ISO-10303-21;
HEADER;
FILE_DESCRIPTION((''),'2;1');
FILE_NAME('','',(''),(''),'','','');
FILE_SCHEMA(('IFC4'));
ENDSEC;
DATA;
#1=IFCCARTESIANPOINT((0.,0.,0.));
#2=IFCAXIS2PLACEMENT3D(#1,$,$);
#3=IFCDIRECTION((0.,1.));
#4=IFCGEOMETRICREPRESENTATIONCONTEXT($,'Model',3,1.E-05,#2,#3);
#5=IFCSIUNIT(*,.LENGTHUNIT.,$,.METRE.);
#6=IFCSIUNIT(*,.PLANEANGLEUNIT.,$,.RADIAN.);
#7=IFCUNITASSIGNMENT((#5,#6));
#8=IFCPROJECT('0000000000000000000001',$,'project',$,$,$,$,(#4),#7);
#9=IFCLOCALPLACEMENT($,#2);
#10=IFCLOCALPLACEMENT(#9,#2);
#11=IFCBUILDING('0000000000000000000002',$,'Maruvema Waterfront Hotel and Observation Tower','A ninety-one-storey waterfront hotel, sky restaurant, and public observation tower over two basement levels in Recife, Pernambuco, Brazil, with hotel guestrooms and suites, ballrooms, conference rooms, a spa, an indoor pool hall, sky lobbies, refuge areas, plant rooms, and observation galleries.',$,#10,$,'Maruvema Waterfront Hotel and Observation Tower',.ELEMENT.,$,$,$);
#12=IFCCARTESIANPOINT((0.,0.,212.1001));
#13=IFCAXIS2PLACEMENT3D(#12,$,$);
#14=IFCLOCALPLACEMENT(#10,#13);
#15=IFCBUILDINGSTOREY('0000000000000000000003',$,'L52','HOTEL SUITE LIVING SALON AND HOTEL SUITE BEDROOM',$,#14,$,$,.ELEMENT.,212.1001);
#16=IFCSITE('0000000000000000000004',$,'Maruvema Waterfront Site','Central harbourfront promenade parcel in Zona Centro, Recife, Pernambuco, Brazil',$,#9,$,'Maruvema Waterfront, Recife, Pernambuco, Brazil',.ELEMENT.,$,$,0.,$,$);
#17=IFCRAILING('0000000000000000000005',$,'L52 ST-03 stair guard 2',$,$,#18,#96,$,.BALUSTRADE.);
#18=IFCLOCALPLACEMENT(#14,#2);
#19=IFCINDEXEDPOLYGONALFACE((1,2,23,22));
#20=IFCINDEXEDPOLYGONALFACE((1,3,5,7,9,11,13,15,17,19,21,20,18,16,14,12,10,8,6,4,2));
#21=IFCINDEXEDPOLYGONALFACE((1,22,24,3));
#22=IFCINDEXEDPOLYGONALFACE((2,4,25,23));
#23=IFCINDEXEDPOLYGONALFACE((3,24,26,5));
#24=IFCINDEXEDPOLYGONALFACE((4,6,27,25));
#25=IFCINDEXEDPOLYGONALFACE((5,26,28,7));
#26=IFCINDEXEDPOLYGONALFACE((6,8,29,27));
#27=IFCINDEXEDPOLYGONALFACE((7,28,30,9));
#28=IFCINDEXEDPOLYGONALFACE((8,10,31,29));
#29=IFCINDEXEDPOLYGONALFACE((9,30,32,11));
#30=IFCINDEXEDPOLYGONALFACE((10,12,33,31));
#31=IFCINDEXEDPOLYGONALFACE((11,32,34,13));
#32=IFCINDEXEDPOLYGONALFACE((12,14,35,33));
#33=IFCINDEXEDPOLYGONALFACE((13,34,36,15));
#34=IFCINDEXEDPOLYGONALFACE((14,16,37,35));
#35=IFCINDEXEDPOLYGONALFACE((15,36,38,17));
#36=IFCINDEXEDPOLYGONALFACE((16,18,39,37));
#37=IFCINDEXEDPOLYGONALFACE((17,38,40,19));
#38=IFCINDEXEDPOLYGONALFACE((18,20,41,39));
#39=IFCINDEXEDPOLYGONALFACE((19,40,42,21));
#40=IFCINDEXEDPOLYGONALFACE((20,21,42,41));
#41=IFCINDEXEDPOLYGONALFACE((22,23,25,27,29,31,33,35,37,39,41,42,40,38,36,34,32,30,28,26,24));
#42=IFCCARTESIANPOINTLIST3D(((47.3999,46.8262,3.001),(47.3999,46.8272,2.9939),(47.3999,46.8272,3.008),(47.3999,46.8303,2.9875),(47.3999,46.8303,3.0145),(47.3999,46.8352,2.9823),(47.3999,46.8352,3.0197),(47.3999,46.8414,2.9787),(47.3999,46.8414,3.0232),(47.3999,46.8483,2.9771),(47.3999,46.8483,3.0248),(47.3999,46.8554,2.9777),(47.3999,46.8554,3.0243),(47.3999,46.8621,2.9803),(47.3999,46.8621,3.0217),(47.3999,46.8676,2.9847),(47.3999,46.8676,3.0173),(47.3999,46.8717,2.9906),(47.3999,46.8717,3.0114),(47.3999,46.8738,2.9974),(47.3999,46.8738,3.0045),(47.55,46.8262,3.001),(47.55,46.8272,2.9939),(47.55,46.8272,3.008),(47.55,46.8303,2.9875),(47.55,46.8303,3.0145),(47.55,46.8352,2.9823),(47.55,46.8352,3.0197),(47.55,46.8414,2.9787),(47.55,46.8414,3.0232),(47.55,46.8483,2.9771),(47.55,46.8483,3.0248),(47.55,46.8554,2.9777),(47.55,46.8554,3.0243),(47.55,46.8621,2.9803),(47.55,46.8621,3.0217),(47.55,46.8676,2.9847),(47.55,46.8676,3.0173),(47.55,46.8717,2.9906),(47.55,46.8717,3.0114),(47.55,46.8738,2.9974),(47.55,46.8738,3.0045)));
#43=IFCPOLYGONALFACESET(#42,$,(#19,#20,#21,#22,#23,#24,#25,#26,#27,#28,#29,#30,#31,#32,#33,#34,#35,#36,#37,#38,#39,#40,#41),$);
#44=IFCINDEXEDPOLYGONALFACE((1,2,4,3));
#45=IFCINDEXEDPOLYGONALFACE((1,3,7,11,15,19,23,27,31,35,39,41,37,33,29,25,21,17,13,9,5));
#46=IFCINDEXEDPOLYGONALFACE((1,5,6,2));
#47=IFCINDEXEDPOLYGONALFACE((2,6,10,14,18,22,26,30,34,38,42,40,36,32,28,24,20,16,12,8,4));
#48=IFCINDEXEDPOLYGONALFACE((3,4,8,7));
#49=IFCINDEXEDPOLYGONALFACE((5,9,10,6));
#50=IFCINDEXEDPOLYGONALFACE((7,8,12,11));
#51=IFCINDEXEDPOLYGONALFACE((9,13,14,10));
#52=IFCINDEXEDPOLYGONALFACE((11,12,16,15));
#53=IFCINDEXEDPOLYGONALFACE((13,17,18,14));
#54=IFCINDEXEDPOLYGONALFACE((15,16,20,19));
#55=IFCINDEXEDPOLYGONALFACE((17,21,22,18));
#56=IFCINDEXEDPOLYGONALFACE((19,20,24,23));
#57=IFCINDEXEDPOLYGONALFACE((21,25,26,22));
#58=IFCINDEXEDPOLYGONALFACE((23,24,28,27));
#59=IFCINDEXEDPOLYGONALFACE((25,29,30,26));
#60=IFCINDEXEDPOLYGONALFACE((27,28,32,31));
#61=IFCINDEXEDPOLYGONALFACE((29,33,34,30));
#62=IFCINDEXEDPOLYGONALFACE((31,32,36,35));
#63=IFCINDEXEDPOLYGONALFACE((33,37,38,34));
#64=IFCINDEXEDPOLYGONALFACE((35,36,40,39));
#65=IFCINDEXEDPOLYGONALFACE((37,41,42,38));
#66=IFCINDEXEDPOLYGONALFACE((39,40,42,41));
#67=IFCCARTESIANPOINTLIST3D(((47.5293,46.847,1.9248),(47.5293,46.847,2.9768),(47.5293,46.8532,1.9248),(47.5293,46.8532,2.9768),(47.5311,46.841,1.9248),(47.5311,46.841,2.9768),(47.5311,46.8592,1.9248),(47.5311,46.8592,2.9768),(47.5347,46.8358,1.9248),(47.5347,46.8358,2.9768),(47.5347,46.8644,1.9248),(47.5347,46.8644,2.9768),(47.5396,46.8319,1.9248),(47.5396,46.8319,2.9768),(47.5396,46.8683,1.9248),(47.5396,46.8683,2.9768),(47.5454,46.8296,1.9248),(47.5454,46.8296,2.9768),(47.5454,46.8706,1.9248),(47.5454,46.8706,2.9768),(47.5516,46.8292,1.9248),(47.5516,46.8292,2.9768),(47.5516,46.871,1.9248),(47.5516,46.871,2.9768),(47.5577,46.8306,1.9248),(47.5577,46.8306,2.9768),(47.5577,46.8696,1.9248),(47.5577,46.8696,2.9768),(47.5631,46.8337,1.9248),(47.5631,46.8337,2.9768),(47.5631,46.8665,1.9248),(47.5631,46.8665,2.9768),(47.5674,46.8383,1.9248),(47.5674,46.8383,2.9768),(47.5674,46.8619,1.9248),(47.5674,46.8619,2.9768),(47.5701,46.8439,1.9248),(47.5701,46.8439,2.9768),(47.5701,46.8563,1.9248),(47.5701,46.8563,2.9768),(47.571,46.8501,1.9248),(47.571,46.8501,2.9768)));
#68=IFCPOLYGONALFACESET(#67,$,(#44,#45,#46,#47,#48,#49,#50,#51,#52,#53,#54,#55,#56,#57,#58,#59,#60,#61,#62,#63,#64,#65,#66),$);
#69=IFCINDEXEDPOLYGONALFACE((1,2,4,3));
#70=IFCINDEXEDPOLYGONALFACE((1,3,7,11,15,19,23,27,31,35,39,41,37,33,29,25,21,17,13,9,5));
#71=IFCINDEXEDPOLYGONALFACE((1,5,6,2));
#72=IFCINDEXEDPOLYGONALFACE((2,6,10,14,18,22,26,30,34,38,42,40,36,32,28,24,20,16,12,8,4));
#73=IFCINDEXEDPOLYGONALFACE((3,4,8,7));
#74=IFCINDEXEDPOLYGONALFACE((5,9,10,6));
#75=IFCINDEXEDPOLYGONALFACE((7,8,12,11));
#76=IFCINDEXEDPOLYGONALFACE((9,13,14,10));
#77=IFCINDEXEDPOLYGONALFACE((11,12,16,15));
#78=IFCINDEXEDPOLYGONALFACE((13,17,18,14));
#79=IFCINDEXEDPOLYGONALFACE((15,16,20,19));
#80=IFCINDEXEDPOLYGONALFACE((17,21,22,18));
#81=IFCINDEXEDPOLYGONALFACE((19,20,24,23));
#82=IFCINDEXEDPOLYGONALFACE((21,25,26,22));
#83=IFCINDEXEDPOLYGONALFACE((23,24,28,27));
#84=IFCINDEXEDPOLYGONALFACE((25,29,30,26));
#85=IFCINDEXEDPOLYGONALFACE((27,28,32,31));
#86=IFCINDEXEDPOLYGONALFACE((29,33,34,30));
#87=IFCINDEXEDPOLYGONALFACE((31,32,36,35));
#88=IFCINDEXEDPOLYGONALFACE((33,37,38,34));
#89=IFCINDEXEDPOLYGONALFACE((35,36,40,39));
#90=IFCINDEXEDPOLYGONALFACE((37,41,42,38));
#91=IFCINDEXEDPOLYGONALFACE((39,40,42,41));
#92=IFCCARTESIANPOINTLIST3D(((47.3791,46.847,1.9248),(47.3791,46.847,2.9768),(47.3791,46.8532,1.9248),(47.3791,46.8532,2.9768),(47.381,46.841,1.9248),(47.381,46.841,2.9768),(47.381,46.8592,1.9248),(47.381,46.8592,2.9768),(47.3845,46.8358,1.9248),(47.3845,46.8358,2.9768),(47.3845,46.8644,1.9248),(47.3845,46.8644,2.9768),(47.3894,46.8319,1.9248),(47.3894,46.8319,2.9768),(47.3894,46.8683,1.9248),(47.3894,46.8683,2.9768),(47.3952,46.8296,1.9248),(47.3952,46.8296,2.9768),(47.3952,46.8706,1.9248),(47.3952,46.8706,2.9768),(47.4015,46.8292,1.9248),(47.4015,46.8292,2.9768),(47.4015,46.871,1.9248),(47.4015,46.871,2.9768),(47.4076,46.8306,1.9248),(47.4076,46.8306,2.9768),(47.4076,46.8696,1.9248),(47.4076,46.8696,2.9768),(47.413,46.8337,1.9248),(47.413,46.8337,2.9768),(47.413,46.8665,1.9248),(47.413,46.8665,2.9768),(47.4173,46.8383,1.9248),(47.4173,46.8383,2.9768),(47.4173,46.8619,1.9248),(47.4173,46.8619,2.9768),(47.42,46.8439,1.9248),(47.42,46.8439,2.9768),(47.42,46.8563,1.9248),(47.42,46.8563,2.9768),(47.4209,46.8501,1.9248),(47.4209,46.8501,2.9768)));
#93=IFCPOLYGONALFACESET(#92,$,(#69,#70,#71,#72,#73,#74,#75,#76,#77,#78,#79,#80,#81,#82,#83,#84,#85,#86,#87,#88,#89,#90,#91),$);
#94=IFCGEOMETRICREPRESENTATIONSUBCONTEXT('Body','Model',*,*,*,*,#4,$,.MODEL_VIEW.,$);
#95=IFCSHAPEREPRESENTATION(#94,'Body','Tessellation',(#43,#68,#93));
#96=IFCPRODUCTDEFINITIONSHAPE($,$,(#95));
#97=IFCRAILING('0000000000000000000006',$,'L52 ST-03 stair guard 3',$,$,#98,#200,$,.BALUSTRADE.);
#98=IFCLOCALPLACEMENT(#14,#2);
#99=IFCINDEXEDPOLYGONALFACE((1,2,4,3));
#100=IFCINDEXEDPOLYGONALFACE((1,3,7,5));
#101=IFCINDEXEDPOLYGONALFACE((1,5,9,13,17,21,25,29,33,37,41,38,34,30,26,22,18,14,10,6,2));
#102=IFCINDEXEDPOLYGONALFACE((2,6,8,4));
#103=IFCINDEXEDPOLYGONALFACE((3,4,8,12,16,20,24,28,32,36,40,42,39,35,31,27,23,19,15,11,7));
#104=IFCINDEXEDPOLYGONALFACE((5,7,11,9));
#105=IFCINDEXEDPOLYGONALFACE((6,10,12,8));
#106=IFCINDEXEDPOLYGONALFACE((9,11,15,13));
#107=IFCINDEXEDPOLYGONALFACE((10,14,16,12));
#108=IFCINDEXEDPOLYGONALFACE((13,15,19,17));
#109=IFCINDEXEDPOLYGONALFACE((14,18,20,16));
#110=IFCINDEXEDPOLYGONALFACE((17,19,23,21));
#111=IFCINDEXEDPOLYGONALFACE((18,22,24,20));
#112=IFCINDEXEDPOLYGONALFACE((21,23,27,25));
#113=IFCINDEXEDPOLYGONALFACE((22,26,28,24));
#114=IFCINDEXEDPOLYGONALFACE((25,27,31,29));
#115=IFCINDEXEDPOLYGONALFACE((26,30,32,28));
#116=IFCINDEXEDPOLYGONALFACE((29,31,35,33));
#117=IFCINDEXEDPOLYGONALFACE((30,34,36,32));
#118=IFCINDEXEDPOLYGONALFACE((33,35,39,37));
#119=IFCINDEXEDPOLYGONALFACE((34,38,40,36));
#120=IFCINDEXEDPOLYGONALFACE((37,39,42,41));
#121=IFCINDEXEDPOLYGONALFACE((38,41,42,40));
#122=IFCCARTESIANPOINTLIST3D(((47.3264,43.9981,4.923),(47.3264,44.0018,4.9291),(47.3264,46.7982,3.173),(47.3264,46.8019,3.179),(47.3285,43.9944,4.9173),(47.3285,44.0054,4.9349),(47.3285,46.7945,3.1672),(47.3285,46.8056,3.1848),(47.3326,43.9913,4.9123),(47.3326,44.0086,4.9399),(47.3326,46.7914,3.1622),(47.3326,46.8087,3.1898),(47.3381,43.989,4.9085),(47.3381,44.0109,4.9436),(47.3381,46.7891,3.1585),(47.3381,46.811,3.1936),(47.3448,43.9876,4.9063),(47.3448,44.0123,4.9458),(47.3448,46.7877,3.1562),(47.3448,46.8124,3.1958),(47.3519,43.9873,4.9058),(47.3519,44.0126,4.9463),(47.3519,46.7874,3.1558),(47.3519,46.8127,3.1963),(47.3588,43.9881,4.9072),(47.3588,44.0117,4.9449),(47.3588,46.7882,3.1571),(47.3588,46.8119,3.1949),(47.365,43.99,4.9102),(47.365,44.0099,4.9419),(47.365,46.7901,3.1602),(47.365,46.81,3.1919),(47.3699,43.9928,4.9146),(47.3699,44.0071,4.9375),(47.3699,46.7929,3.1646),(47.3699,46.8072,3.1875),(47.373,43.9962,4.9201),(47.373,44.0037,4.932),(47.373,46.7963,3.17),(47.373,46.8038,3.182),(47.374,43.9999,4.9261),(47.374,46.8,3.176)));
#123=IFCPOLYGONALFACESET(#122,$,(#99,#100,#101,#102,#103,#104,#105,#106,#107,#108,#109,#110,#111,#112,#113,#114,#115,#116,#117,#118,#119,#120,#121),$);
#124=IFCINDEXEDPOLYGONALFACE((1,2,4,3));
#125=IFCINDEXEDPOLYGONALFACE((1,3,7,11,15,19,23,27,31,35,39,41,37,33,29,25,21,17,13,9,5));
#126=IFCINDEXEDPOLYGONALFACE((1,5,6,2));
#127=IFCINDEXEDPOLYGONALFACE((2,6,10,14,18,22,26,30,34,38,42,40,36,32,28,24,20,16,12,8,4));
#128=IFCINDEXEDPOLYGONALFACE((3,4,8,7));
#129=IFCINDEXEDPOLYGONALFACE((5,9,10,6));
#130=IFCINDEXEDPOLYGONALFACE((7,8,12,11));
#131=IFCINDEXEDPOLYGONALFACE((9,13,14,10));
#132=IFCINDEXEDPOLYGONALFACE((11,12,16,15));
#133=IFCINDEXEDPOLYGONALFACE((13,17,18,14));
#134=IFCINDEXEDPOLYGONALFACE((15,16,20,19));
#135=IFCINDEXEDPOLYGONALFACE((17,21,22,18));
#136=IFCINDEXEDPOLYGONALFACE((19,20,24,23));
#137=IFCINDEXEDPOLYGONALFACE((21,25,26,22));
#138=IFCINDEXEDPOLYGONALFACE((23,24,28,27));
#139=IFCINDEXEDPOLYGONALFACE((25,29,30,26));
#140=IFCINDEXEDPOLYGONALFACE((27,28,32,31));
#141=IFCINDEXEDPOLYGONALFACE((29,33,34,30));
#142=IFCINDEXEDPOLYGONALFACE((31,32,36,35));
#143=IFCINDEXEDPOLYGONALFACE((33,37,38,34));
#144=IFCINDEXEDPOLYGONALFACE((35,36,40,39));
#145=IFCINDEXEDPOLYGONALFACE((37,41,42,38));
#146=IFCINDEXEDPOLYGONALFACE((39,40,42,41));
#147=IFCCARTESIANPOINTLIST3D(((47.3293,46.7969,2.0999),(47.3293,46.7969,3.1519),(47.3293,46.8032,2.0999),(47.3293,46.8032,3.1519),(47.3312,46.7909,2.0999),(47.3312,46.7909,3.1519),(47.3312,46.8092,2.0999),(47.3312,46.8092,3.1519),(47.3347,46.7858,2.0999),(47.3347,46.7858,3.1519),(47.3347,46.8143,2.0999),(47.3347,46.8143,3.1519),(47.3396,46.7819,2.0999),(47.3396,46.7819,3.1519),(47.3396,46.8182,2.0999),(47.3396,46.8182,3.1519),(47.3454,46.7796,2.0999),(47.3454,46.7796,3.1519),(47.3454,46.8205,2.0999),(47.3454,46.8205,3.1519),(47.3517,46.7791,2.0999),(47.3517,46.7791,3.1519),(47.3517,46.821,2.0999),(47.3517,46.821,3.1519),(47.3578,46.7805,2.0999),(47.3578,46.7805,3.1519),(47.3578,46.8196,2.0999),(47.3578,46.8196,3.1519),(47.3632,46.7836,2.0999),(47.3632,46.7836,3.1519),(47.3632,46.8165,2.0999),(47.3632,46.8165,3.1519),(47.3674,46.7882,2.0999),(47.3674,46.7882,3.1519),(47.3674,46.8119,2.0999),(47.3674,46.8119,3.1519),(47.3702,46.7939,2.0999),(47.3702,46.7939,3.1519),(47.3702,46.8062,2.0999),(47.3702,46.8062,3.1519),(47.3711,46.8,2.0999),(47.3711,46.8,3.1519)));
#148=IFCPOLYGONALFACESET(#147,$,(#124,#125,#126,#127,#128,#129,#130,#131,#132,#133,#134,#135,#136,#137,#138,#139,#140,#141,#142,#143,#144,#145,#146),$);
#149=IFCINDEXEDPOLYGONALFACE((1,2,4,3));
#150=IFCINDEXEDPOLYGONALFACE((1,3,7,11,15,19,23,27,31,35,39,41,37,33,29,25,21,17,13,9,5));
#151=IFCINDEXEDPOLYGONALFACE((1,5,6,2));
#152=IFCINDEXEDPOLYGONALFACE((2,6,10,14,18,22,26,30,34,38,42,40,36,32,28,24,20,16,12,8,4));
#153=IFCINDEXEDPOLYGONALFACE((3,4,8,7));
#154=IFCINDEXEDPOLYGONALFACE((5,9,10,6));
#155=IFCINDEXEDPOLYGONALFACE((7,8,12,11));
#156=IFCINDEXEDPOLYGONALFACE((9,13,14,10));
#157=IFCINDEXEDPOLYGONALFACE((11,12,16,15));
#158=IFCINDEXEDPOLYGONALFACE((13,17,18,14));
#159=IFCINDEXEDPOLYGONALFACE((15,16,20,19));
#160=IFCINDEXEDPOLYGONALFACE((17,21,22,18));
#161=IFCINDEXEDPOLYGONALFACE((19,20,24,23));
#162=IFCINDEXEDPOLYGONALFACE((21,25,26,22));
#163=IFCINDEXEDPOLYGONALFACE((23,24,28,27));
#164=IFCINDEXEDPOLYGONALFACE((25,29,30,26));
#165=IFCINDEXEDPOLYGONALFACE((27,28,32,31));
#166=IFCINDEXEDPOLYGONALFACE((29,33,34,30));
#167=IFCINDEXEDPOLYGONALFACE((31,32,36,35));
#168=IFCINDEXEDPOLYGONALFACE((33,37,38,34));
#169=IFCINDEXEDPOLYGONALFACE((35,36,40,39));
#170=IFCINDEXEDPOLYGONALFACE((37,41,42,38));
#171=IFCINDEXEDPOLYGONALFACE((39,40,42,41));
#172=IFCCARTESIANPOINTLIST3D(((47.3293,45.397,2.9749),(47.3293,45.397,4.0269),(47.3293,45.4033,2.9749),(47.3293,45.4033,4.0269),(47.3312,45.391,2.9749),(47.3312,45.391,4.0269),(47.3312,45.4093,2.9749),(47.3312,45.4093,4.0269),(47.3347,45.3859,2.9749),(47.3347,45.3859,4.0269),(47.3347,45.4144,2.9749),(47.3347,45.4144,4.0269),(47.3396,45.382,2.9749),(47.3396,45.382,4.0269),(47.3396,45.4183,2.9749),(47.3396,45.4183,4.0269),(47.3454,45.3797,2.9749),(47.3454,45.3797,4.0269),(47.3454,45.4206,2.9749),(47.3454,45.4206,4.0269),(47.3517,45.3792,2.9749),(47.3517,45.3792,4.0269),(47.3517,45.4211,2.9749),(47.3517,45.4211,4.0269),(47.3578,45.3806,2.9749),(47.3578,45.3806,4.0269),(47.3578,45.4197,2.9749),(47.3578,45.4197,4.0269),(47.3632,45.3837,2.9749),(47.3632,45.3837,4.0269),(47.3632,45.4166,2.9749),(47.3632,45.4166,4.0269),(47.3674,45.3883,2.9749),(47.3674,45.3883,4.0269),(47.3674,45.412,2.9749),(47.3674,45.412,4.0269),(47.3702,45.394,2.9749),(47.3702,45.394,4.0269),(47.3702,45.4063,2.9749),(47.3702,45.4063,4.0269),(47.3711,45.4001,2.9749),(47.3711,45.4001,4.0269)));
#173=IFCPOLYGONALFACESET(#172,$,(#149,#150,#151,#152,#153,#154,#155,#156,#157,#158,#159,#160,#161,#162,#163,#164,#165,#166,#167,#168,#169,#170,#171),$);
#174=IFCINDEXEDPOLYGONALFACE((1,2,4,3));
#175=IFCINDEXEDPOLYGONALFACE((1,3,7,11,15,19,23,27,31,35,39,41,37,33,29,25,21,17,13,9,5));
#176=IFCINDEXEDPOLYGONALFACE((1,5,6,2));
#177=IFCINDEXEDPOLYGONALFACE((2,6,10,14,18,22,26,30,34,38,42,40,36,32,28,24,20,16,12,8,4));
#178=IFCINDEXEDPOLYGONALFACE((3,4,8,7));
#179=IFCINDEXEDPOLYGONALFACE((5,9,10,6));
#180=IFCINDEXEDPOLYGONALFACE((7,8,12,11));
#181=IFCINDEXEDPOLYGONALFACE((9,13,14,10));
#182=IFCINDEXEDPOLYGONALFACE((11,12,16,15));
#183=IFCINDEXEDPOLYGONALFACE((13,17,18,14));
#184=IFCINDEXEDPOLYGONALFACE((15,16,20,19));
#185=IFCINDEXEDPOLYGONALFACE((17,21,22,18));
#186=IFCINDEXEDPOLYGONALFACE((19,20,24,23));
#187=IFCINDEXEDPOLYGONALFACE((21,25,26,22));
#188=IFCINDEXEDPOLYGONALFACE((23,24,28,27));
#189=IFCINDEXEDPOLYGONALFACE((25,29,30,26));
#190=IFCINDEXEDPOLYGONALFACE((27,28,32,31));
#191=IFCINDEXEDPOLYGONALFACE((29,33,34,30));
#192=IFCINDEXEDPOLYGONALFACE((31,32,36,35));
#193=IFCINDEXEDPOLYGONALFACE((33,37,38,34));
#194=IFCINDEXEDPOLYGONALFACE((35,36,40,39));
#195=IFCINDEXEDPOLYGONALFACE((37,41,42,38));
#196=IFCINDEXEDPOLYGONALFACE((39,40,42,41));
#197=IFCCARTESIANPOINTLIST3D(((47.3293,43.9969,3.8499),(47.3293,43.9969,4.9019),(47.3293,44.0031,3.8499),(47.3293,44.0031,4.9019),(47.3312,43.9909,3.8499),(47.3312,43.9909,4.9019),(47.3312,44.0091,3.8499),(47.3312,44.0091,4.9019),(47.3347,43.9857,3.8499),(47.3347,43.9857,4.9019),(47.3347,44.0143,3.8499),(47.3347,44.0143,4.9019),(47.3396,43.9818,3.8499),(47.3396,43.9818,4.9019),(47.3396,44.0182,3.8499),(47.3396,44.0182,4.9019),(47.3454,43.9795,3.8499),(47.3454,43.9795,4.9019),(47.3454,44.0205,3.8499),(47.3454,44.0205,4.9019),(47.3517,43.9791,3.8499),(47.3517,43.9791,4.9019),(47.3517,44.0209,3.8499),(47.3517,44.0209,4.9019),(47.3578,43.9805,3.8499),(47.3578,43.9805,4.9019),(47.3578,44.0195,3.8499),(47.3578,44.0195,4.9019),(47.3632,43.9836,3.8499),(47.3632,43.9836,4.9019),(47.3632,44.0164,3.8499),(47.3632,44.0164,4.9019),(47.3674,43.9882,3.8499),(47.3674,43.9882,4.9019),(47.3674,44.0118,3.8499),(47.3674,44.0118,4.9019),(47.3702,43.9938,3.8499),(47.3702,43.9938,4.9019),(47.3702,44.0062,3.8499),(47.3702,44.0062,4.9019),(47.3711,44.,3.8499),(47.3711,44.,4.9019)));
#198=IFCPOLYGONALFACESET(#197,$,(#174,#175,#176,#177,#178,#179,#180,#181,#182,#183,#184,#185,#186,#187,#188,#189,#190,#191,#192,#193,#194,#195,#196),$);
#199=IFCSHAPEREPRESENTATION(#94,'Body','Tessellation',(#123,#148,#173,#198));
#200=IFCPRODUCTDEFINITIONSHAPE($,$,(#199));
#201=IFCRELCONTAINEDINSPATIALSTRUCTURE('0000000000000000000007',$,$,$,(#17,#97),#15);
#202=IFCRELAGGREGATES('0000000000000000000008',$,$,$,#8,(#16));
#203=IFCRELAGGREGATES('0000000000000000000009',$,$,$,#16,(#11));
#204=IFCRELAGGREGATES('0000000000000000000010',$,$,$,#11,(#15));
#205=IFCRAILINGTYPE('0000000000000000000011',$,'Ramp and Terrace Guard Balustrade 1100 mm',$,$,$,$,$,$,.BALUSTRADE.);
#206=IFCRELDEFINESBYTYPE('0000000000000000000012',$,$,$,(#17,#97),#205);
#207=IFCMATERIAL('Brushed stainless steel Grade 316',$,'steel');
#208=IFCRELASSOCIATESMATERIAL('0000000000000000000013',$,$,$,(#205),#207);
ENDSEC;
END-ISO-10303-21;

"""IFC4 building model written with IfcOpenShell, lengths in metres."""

from ifc_helpers import new_model, si_unit, direction, frame, origin, origin_2d, place, context, subcontext, project, spatial, circle, extrude, material, type_object, element, save


model = new_model("IFC4")

# Units and contexts
model_context = context("Model", 3, precision=1e-05, world=origin(), true_north=direction((0.0, 1.0)))
body_context = subcontext(model_context, "Body", "Model", "MODEL_VIEW")
ifc_project = project(units=[si_unit("LENGTHUNIT", "METRE"), si_unit("PLANEANGLEUNIT", "RADIAN")], contexts=[model_context])

# Site, building, storey
site_placement = place(None, origin())
site = spatial("IfcSite", under=ifc_project, at=site_placement, Name="Maruvema Waterfront Site", Description="Central harbourfront promenade parcel in Zona Centro, Recife, Pernambuco, Brazil", LongName="Maruvema Waterfront, Recife, Pernambuco, Brazil", CompositionType="ELEMENT", RefElevation=0.0)
building_placement = place(site_placement, origin())
building = spatial("IfcBuilding", under=site, at=building_placement, Name="Maruvema Waterfront Hotel and Observation Tower", Description="A ninety-one-storey waterfront hotel, sky restaurant, and public observation tower over two basement levels in Recife, Pernambuco, Brazil, with hotel guestrooms and suites, ballrooms, conference rooms, a spa, an indoor pool hall, sky lobbies, refuge areas, plant rooms, and observation galleries.", LongName="Maruvema Waterfront Hotel and Observation Tower", CompositionType="ELEMENT")
storey_placement = place(building_placement, frame((0.0, 0.0, 212.1001)))
storey = spatial("IfcBuildingStorey", under=building, at=storey_placement, Name="L52", Description="HOTEL SUITE LIVING SALON AND HOTEL SUITE BEDROOM", CompositionType="ELEMENT", Elevation=212.1001)

# Railings
ifc_material_1 = material(Name="Brushed stainless steel Grade 316", Category="steel")
railing_type_1 = type_object("IfcRailingType", Name="Ramp and Terrace Guard Balustrade 1100 mm", PredefinedType="BALUSTRADE", material=ifc_material_1)
railing_1_placement = place(storey_placement, frame((47.55, 46.8501, 1.9248)))
element("IfcRailing", 1, at=railing_1_placement, inside=storey, type_object=railing_type_1, Name="L52 ST-03 stair guard 2", PredefinedType="BALUSTRADE", context=body_context, shape_type="SweptSolid", body=[
    extrude(circle(Radius=0.0239, at=origin_2d()), frame((0.0, 0.0, 1.0762), z_axis=(-1.0, 0.0, 0.0), x_axis=(0.0, -1.0, 0.0)), (0.0, 0.0, 1.0), 0.1501),
    extrude(circle(Radius=0.021, at=origin_2d()), origin(), (0.0, 0.0, 1.0), 1.052),
    extrude(circle(Radius=0.021, at=origin_2d()), frame((-0.1501, 0.0, 0.0)), (0.0, 0.0, 1.0), 1.052),
])
railing_2_placement = place(storey_placement, frame((47.3501, 46.8, 2.0999)))
element("IfcRailing", 2, at=railing_2_placement, inside=storey, type_object=railing_type_1, Name="L52 ST-03 stair guard 3", PredefinedType="BALUSTRADE", context=body_context, shape_type="SweptSolid", body=[
    extrude(circle(Radius=0.0239, at=origin_2d()), frame((0.0, 0.0, 1.0762), z_axis=(0.0, -0.848002, 0.529992), x_axis=(1.0, 0.0, 0.0)), (0.0, 0.0, 1.0), 3.302),
    extrude(circle(Radius=0.021, at=origin_2d()), origin(), (0.0, 0.0, 1.0), 1.052),
    extrude(circle(Radius=0.021, at=origin_2d()), frame((0.0, -1.3999, 0.875)), (0.0, 0.0, 1.0), 1.052),
    extrude(circle(Radius=0.021, at=origin_2d()), frame((0.0, -2.8, 1.75)), (0.0, 0.0, 1.0), 1.052),
])

save(model, "model.ifc")
